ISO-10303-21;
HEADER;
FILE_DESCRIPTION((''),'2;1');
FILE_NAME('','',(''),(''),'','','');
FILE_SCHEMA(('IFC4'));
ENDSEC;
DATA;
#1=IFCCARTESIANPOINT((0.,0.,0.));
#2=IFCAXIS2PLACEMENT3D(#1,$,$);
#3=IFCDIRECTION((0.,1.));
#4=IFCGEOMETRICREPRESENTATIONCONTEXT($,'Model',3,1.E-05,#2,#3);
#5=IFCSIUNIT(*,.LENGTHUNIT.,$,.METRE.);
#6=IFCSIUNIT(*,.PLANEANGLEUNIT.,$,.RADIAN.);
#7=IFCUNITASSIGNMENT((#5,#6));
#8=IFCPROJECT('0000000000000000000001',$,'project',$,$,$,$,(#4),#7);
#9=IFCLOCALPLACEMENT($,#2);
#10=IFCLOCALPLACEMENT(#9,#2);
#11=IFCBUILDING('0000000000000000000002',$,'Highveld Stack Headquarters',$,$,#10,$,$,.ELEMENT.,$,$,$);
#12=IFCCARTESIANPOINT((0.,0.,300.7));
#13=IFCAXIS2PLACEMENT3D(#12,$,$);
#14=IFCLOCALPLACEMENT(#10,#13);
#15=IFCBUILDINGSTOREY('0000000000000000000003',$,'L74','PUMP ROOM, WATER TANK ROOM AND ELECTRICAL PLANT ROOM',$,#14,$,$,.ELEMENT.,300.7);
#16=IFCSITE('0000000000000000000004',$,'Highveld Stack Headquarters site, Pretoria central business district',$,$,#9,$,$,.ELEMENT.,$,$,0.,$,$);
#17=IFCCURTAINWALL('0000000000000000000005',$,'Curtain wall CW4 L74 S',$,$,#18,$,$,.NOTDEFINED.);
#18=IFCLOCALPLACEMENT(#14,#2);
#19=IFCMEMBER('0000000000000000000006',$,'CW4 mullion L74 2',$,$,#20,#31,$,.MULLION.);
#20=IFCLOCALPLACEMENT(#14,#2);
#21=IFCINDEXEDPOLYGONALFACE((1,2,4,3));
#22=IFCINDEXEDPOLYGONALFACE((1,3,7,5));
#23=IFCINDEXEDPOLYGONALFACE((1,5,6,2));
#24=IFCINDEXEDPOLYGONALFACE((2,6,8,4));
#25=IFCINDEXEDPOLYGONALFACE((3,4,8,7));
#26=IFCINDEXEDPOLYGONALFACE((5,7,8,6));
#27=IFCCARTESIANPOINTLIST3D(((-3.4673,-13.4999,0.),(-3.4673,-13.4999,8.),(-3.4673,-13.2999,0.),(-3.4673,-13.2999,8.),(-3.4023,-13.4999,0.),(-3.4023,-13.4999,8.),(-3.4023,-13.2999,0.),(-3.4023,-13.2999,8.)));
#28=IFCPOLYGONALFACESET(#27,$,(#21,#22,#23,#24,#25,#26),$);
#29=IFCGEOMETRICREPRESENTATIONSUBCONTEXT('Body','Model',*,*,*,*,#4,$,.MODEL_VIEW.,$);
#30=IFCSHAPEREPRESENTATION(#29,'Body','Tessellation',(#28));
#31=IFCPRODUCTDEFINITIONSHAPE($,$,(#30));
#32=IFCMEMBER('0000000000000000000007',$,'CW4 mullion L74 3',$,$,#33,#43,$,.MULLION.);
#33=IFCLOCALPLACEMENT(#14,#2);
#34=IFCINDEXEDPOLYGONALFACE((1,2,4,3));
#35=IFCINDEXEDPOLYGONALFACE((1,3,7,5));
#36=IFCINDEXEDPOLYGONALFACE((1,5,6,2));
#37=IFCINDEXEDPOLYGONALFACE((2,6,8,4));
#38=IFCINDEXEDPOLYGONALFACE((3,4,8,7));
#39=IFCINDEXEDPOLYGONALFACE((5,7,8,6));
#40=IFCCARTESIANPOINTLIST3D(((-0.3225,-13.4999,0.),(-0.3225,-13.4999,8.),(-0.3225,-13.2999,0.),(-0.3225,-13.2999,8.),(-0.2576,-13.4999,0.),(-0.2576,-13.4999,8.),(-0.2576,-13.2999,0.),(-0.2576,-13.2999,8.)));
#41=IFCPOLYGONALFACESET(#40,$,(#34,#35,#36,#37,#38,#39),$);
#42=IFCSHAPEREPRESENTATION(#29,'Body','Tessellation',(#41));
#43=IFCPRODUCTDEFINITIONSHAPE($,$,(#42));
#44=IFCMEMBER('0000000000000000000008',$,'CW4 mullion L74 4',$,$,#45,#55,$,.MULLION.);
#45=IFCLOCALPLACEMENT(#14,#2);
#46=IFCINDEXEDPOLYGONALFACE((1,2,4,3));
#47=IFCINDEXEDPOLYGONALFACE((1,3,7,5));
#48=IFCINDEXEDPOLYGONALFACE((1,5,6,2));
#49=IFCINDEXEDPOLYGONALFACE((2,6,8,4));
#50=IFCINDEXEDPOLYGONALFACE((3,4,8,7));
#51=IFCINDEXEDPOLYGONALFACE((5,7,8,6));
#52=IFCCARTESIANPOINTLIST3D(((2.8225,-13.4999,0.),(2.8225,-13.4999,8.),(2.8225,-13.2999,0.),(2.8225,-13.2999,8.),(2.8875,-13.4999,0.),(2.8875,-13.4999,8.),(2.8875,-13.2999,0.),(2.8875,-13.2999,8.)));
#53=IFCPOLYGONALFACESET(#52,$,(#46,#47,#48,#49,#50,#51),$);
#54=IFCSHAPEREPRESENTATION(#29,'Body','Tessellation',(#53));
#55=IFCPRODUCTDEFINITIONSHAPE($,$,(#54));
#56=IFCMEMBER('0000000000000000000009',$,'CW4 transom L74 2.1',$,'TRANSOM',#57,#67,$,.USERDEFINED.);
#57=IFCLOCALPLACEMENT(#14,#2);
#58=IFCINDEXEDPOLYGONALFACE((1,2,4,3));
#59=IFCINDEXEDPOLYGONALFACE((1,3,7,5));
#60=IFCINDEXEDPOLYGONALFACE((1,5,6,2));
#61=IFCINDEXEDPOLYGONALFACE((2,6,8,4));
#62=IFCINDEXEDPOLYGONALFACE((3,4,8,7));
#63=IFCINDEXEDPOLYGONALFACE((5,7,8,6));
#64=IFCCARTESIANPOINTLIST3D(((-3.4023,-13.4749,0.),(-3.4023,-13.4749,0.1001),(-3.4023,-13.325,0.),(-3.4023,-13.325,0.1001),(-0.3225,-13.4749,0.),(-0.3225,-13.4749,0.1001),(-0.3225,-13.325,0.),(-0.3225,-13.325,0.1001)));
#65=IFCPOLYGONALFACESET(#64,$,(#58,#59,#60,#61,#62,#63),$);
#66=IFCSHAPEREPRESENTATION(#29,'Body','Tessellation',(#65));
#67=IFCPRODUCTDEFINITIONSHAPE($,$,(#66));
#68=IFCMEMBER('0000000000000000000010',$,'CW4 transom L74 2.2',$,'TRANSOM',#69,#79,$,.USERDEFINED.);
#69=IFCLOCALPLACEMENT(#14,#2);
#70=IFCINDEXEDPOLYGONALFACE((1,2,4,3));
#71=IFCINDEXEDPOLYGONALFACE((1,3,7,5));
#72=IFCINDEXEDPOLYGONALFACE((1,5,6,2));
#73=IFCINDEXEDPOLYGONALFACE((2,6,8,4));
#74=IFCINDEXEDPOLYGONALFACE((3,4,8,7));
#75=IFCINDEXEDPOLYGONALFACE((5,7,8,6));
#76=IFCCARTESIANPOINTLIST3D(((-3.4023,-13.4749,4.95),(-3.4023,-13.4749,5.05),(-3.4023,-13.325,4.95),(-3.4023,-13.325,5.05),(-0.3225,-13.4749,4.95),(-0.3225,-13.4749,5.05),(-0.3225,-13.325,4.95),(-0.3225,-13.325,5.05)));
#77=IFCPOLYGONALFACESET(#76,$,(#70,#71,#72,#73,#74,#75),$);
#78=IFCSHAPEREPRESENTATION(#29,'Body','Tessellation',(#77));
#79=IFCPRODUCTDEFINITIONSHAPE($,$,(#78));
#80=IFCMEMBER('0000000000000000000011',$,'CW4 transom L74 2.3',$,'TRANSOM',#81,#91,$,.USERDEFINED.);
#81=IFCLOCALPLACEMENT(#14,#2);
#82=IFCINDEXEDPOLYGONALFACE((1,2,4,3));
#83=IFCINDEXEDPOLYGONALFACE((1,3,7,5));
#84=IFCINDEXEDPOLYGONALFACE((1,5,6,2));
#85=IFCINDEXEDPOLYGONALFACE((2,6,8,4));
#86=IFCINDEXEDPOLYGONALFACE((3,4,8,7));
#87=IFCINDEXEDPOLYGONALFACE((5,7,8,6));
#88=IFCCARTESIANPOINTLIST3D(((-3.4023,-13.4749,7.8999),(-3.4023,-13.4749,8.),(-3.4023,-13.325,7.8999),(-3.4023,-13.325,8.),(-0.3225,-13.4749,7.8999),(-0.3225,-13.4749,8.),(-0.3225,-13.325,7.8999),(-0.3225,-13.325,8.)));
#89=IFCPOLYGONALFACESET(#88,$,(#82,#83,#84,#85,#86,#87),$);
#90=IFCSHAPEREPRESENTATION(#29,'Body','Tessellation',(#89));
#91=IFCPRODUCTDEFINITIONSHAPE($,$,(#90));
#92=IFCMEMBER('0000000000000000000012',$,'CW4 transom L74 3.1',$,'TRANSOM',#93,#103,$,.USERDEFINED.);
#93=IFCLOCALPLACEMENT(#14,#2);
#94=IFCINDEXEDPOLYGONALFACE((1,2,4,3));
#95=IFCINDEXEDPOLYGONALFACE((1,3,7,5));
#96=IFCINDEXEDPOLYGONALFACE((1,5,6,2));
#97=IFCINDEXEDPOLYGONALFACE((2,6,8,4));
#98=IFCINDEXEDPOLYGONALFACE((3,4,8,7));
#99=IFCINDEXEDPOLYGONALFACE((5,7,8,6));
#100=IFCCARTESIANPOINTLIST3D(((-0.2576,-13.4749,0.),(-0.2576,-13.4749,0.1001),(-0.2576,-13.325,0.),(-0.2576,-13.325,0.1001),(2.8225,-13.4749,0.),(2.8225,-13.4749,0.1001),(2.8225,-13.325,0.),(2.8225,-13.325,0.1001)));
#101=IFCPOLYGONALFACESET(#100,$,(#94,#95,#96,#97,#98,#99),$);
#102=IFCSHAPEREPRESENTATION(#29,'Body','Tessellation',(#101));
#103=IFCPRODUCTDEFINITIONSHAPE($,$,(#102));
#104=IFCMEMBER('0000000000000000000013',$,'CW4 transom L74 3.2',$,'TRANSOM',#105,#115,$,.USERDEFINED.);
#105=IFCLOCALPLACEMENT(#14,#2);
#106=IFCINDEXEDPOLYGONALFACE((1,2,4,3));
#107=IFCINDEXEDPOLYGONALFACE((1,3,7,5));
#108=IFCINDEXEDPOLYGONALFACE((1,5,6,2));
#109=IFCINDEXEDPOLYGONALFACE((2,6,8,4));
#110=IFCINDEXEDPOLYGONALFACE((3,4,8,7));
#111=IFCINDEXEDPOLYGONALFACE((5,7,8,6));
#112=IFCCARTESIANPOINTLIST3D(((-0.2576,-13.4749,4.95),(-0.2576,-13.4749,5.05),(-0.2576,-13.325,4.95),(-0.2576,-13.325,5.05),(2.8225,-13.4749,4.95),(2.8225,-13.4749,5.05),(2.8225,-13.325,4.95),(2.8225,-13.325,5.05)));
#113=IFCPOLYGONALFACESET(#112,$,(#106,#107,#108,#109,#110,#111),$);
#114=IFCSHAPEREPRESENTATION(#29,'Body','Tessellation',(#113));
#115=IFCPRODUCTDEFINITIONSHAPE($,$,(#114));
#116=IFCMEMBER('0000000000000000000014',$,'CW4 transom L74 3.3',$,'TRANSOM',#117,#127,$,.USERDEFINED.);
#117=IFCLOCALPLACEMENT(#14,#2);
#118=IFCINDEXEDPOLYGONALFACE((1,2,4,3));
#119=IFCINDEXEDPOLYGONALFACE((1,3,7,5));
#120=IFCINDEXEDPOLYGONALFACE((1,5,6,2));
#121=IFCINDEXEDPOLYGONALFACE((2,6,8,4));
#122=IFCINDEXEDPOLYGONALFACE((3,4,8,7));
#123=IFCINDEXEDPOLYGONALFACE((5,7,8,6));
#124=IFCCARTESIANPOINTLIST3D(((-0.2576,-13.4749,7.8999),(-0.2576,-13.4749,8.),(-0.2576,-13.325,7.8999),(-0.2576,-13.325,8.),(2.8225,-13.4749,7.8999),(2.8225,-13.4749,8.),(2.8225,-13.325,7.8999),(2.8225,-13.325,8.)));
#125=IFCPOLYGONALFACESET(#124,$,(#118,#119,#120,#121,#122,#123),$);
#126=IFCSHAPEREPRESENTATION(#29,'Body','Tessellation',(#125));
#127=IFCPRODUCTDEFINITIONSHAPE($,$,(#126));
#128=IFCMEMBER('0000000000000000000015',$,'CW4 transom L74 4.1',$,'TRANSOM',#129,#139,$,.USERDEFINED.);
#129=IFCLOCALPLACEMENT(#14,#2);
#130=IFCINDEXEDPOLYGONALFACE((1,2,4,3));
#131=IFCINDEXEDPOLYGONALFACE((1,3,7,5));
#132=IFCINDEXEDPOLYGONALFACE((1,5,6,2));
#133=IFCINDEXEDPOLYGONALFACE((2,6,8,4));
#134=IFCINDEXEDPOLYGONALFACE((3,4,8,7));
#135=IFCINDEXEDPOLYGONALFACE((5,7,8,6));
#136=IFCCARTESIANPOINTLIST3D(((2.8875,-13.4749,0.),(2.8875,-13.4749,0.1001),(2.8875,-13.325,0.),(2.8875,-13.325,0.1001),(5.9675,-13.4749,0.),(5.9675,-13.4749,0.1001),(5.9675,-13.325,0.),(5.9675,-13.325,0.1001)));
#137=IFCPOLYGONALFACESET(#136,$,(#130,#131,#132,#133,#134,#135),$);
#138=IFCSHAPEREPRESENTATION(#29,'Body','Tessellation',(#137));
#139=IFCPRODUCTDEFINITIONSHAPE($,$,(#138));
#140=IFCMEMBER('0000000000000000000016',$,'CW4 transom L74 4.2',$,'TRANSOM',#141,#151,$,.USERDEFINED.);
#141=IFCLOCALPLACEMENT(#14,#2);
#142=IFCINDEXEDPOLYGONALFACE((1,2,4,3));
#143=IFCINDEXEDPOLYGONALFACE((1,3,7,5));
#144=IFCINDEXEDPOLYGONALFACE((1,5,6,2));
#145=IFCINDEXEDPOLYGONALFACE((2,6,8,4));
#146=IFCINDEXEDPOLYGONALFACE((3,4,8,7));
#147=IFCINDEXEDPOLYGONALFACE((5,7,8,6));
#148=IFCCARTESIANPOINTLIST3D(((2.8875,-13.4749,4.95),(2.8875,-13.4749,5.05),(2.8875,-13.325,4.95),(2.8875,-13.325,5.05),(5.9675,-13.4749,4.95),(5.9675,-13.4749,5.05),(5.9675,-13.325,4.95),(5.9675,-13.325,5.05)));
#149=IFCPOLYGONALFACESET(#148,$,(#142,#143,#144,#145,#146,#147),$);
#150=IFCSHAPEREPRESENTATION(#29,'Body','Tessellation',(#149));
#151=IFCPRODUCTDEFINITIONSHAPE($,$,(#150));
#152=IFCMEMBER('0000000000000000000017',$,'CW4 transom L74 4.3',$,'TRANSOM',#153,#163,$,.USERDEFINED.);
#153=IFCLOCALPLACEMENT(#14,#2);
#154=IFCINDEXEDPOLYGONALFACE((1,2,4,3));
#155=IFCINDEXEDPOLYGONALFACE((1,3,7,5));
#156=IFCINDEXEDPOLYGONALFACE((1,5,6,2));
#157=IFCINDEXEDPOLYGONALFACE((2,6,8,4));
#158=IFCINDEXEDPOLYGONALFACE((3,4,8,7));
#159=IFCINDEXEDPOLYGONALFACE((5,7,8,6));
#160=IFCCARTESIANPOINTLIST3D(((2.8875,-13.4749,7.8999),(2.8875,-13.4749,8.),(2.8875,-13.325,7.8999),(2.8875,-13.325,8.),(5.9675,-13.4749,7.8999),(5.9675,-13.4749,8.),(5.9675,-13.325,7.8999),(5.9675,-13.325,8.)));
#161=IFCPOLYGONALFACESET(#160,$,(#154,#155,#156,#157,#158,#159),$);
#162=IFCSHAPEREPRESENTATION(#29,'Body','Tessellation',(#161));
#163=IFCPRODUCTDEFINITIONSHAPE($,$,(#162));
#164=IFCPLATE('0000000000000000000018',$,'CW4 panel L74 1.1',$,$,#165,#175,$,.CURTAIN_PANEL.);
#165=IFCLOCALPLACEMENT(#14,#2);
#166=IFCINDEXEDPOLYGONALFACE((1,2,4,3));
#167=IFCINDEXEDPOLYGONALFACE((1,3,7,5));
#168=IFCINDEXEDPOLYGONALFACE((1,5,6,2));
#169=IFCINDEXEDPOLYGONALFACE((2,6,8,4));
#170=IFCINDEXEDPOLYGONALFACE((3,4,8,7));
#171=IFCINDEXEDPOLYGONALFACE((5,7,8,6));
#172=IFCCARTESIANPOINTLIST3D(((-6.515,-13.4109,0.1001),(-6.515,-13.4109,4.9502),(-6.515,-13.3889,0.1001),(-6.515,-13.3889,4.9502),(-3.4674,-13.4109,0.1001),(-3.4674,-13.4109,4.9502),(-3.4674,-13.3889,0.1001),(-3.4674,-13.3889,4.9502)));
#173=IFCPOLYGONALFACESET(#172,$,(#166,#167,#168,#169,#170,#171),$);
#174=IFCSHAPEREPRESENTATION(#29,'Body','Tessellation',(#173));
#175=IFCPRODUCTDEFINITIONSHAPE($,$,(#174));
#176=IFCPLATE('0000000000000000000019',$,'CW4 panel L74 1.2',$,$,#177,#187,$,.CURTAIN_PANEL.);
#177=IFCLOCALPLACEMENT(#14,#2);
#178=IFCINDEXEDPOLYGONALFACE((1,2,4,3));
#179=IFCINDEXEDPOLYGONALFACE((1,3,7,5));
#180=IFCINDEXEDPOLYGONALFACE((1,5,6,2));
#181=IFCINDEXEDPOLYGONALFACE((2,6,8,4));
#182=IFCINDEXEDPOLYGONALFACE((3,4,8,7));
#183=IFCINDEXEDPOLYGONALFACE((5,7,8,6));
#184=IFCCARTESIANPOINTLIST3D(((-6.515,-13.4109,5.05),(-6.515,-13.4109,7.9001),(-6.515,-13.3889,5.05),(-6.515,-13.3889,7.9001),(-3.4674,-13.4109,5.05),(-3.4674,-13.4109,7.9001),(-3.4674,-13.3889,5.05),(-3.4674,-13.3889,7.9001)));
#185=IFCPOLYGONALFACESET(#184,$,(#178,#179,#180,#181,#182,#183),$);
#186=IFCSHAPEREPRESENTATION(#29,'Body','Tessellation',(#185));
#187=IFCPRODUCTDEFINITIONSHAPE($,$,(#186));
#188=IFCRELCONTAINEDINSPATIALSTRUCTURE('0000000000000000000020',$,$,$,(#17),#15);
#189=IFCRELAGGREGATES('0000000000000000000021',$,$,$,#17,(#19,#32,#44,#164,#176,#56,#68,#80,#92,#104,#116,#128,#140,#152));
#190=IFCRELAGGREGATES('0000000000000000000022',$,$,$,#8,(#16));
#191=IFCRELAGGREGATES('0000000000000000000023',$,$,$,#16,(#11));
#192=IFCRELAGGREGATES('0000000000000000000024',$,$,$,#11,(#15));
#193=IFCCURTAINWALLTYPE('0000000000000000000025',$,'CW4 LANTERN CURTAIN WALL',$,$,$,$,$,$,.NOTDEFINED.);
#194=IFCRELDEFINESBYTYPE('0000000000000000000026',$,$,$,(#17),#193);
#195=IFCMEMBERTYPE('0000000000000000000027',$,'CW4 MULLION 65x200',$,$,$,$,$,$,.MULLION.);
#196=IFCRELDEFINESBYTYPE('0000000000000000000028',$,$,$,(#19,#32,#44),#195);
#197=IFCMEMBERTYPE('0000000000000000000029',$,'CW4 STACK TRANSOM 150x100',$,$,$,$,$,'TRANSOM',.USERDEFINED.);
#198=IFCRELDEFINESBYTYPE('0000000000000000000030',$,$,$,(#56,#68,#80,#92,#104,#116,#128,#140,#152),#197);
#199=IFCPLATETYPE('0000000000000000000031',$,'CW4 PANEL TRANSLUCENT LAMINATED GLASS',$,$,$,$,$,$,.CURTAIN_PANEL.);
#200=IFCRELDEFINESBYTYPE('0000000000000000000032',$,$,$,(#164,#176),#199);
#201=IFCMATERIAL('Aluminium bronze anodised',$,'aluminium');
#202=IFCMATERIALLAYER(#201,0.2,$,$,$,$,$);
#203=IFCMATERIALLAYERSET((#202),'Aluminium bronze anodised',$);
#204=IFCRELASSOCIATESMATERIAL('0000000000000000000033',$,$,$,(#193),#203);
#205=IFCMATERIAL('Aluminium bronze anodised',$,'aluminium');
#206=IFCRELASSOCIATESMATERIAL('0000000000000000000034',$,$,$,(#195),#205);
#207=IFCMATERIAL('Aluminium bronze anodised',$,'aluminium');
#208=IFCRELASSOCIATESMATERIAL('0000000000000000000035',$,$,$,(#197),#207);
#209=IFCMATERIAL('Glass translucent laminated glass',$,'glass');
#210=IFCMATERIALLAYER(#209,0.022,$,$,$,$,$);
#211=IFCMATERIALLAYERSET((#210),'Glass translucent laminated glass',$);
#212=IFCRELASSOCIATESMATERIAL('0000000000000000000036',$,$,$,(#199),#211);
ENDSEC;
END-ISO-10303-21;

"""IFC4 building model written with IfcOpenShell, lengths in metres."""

from ifc_helpers import new_model, si_unit, direction, frame, origin, origin_2d, place, context, subcontext, project, spatial, rectangle, extrude, material, layer, layer_set, material_profile, profile_set, type_object, element, aggregate, save


model = new_model("IFC4")

# Units and contexts
model_context = context("Model", 3, precision=1e-05, world=origin(), true_north=direction((0.0, 1.0)))
body_context = subcontext(model_context, "Body", "Model", "MODEL_VIEW")
ifc_project = project(units=[si_unit("LENGTHUNIT", "METRE"), si_unit("PLANEANGLEUNIT", "RADIAN")], contexts=[model_context])

# Site, building, storey
site_placement = place(None, origin())
site = spatial("IfcSite", under=ifc_project, at=site_placement, Name="Highveld Stack Headquarters site, Pretoria central business district", CompositionType="ELEMENT", RefElevation=0.0)
building_placement = place(site_placement, origin())
building = spatial("IfcBuilding", under=site, at=building_placement, Name="Highveld Stack Headquarters", CompositionType="ELEMENT")
storey_placement = place(building_placement, frame((0.0, 0.0, 300.7)))
storey = spatial("IfcBuildingStorey", under=building, at=storey_placement, Name="L74", Description="PUMP ROOM, WATER TANK ROOM AND ELECTRICAL PLANT ROOM", CompositionType="ELEMENT", Elevation=300.7)

# Curtain wall, members, plates
ifc_material_1 = material(Name="Aluminium bronze anodised", Category="aluminium")
ifc_layer_1 = layer(ifc_material_1, 0.2)
ifc_layer_set_1 = layer_set([ifc_layer_1], Name="Aluminium bronze anodised")
curtain_wall_type = type_object("IfcCurtainWallType", Name="CW4 LANTERN CURTAIN WALL", PredefinedType="NOTDEFINED", material=ifc_layer_set_1)
curtain_wall_placement = place(storey_placement, origin())
curtain_wall = element("IfcCurtainWall", 1, at=curtain_wall_placement, inside=storey, type_object=curtain_wall_type, Name="Curtain wall CW4 L74 S", PredefinedType="NOTDEFINED")
ifc_material_2 = material(Name="Aluminium bronze anodised", Category="aluminium")
ifc_material_profile_1 = material_profile(ifc_material_2, rectangle(XDim=0.2, YDim=0.0649, at=origin_2d()), Name="CW4 MULLION 65x200")
ifc_profile_set_1 = profile_set([ifc_material_profile_1], Name="Aluminium bronze anodised")
member_type_1 = type_object("IfcMemberType", Name="CW4 MULLION 65x200", PredefinedType="MULLION", material=ifc_profile_set_1)
member_1_placement = place(storey_placement, frame((-3.4348, -13.3999, 0.0), z_axis=(0.0, 0.0, 1.0), x_axis=(0.0, 1.0, 0.0)))
member_1 = element("IfcMember", 2, at=member_1_placement, type_object=member_type_1, Name="CW4 mullion L74 2", PredefinedType="MULLION", context=body_context, shape_type="SweptSolid", body=[
    extrude(rectangle(XDim=0.2, YDim=0.0649, at=origin_2d()), origin(), (0.0, 0.0, 1.0), 8.0),
])
member_2_placement = place(storey_placement, frame((-0.29, -13.3999, 0.0), z_axis=(0.0, 0.0, 1.0), x_axis=(0.0, 1.0, 0.0)))
member_2 = element("IfcMember", 3, at=member_2_placement, type_object=member_type_1, Name="CW4 mullion L74 3", PredefinedType="MULLION", context=body_context, shape_type="SweptSolid", body=[
    extrude(rectangle(XDim=0.2, YDim=0.0649, at=origin_2d()), origin(), (0.0, 0.0, 1.0), 8.0),
])
member_3_placement = place(storey_placement, frame((2.855, -13.3999, 0.0), z_axis=(0.0, 0.0, 1.0), x_axis=(0.0, 1.0, 0.0)))
member_3 = element("IfcMember", 4, at=member_3_placement, type_object=member_type_1, Name="CW4 mullion L74 4", PredefinedType="MULLION", context=body_context, shape_type="SweptSolid", body=[
    extrude(rectangle(XDim=0.2, YDim=0.0649, at=origin_2d()), origin(), (0.0, 0.0, 1.0), 8.0),
])
ifc_material_3 = material(Name="Aluminium bronze anodised", Category="aluminium")
ifc_material_profile_2 = material_profile(ifc_material_3, rectangle(XDim=0.1499, YDim=0.1001, at=origin_2d()), Name="CW4 TRANSOM 150x100")
ifc_profile_set_2 = profile_set([ifc_material_profile_2], Name="Aluminium bronze anodised")
member_type_2 = type_object("IfcMemberType", Name="CW4 STACK TRANSOM 150x100", ElementType="TRANSOM", PredefinedType="USERDEFINED", material=ifc_profile_set_2)
member_4_placement = place(storey_placement, frame((-3.4023, -13.3999, 0.05), z_axis=(1.0, 0.0, 0.0), x_axis=(0.0, 1.0, 0.0)))
member_4 = element("IfcMember", 5, at=member_4_placement, type_object=member_type_2, Name="CW4 transom L74 2.1", ObjectType="TRANSOM", PredefinedType="USERDEFINED", context=body_context, shape_type="SweptSolid", body=[
    extrude(rectangle(XDim=0.1499, YDim=0.1001, at=origin_2d()), origin(), (0.0, 0.0, 1.0), 3.0798),
])
member_5_placement = place(storey_placement, frame((-3.4023, -13.3999, 5.0), z_axis=(1.0, 0.0, 0.0), x_axis=(0.0, 1.0, 0.0)))
member_5 = element("IfcMember", 6, at=member_5_placement, type_object=member_type_2, Name="CW4 transom L74 2.2", ObjectType="TRANSOM", PredefinedType="USERDEFINED", context=body_context, shape_type="SweptSolid", body=[
    extrude(rectangle(XDim=0.1499, YDim=0.1001, at=origin_2d()), origin(), (0.0, 0.0, 1.0), 3.0798),
])
member_6_placement = place(storey_placement, frame((-3.4023, -13.3999, 7.95), z_axis=(1.0, 0.0, 0.0), x_axis=(0.0, 1.0, 0.0)))
member_6 = element("IfcMember", 7, at=member_6_placement, type_object=member_type_2, Name="CW4 transom L74 2.3", ObjectType="TRANSOM", PredefinedType="USERDEFINED", context=body_context, shape_type="SweptSolid", body=[
    extrude(rectangle(XDim=0.1499, YDim=0.1001, at=origin_2d()), origin(), (0.0, 0.0, 1.0), 3.0798),
])
member_7_placement = place(storey_placement, frame((-0.2576, -13.3999, 0.05), z_axis=(1.0, 0.0, 0.0), x_axis=(0.0, 1.0, 0.0)))
member_7 = element("IfcMember", 8, at=member_7_placement, type_object=member_type_2, Name="CW4 transom L74 3.1", ObjectType="TRANSOM", PredefinedType="USERDEFINED", context=body_context, shape_type="SweptSolid", body=[
    extrude(rectangle(XDim=0.1499, YDim=0.1001, at=origin_2d()), origin(), (0.0, 0.0, 1.0), 3.0801),
])
member_8_placement = place(storey_placement, frame((-0.2576, -13.3999, 5.0), z_axis=(1.0, 0.0, 0.0), x_axis=(0.0, 1.0, 0.0)))
member_8 = element("IfcMember", 9, at=member_8_placement, type_object=member_type_2, Name="CW4 transom L74 3.2", ObjectType="TRANSOM", PredefinedType="USERDEFINED", context=body_context, shape_type="SweptSolid", body=[
    extrude(rectangle(XDim=0.1499, YDim=0.1001, at=origin_2d()), origin(), (0.0, 0.0, 1.0), 3.0801),
])
member_9_placement = place(storey_placement, frame((-0.2576, -13.3999, 7.95), z_axis=(1.0, 0.0, 0.0), x_axis=(0.0, 1.0, 0.0)))
member_9 = element("IfcMember", 10, at=member_9_placement, type_object=member_type_2, Name="CW4 transom L74 3.3", ObjectType="TRANSOM", PredefinedType="USERDEFINED", context=body_context, shape_type="SweptSolid", body=[
    extrude(rectangle(XDim=0.1499, YDim=0.1001, at=origin_2d()), origin(), (0.0, 0.0, 1.0), 3.0801),
])
member_10_placement = place(storey_placement, frame((2.8875, -13.3999, 0.05), z_axis=(1.0, 0.0, 0.0), x_axis=(0.0, 1.0, 0.0)))
member_10 = element("IfcMember", 11, at=member_10_placement, type_object=member_type_2, Name="CW4 transom L74 4.1", ObjectType="TRANSOM", PredefinedType="USERDEFINED", context=body_context, shape_type="SweptSolid", body=[
    extrude(rectangle(XDim=0.1499, YDim=0.1001, at=origin_2d()), origin(), (0.0, 0.0, 1.0), 3.0801),
])
member_11_placement = place(storey_placement, frame((2.8875, -13.3999, 5.0), z_axis=(1.0, 0.0, 0.0), x_axis=(0.0, 1.0, 0.0)))
member_11 = element("IfcMember", 12, at=member_11_placement, type_object=member_type_2, Name="CW4 transom L74 4.2", ObjectType="TRANSOM", PredefinedType="USERDEFINED", context=body_context, shape_type="SweptSolid", body=[
    extrude(rectangle(XDim=0.1499, YDim=0.1001, at=origin_2d()), origin(), (0.0, 0.0, 1.0), 3.0801),
])
member_12_placement = place(storey_placement, frame((2.8875, -13.3999, 7.95), z_axis=(1.0, 0.0, 0.0), x_axis=(0.0, 1.0, 0.0)))
member_12 = element("IfcMember", 13, at=member_12_placement, type_object=member_type_2, Name="CW4 transom L74 4.3", ObjectType="TRANSOM", PredefinedType="USERDEFINED", context=body_context, shape_type="SweptSolid", body=[
    extrude(rectangle(XDim=0.1499, YDim=0.1001, at=origin_2d()), origin(), (0.0, 0.0, 1.0), 3.0801),
])
ifc_material_4 = material(Name="Glass translucent laminated glass", Category="glass")
ifc_layer_2 = layer(ifc_material_4, 0.022)
ifc_layer_set_2 = layer_set([ifc_layer_2], Name="Glass translucent laminated glass")
plate_type = type_object("IfcPlateType", Name="CW4 PANEL TRANSLUCENT LAMINATED GLASS", PredefinedType="CURTAIN_PANEL", material=ifc_layer_set_2)
plate_1_placement = place(storey_placement, frame((-4.9912, -13.3999, 0.1001), z_axis=(0.0, 0.0, 1.0), x_axis=(1.0, 0.0, 0.0)))
plate_1 = element("IfcPlate", 14, at=plate_1_placement, type_object=plate_type, Name="CW4 panel L74 1.1", PredefinedType="CURTAIN_PANEL", context=body_context, shape_type="SweptSolid", body=[
    extrude(rectangle(XDim=3.0476, YDim=0.022, at=origin_2d()), origin(), (0.0, 0.0, 1.0), 4.8501),
])
plate_2_placement = place(storey_placement, frame((-4.9912, -13.3999, 5.05), z_axis=(0.0, 0.0, 1.0), x_axis=(1.0, 0.0, 0.0)))
plate_2 = element("IfcPlate", 15, at=plate_2_placement, type_object=plate_type, Name="CW4 panel L74 1.2", PredefinedType="CURTAIN_PANEL", context=body_context, shape_type="SweptSolid", body=[
    extrude(rectangle(XDim=3.0476, YDim=0.022, at=origin_2d()), origin(), (0.0, 0.0, 1.0), 2.8501),
])
aggregate(curtain_wall, [member_1, member_2, member_3, plate_1, plate_2, member_4, member_5, member_6, member_7, member_8, member_9, member_10, member_11, member_12])

save(model, "model.ifc")
